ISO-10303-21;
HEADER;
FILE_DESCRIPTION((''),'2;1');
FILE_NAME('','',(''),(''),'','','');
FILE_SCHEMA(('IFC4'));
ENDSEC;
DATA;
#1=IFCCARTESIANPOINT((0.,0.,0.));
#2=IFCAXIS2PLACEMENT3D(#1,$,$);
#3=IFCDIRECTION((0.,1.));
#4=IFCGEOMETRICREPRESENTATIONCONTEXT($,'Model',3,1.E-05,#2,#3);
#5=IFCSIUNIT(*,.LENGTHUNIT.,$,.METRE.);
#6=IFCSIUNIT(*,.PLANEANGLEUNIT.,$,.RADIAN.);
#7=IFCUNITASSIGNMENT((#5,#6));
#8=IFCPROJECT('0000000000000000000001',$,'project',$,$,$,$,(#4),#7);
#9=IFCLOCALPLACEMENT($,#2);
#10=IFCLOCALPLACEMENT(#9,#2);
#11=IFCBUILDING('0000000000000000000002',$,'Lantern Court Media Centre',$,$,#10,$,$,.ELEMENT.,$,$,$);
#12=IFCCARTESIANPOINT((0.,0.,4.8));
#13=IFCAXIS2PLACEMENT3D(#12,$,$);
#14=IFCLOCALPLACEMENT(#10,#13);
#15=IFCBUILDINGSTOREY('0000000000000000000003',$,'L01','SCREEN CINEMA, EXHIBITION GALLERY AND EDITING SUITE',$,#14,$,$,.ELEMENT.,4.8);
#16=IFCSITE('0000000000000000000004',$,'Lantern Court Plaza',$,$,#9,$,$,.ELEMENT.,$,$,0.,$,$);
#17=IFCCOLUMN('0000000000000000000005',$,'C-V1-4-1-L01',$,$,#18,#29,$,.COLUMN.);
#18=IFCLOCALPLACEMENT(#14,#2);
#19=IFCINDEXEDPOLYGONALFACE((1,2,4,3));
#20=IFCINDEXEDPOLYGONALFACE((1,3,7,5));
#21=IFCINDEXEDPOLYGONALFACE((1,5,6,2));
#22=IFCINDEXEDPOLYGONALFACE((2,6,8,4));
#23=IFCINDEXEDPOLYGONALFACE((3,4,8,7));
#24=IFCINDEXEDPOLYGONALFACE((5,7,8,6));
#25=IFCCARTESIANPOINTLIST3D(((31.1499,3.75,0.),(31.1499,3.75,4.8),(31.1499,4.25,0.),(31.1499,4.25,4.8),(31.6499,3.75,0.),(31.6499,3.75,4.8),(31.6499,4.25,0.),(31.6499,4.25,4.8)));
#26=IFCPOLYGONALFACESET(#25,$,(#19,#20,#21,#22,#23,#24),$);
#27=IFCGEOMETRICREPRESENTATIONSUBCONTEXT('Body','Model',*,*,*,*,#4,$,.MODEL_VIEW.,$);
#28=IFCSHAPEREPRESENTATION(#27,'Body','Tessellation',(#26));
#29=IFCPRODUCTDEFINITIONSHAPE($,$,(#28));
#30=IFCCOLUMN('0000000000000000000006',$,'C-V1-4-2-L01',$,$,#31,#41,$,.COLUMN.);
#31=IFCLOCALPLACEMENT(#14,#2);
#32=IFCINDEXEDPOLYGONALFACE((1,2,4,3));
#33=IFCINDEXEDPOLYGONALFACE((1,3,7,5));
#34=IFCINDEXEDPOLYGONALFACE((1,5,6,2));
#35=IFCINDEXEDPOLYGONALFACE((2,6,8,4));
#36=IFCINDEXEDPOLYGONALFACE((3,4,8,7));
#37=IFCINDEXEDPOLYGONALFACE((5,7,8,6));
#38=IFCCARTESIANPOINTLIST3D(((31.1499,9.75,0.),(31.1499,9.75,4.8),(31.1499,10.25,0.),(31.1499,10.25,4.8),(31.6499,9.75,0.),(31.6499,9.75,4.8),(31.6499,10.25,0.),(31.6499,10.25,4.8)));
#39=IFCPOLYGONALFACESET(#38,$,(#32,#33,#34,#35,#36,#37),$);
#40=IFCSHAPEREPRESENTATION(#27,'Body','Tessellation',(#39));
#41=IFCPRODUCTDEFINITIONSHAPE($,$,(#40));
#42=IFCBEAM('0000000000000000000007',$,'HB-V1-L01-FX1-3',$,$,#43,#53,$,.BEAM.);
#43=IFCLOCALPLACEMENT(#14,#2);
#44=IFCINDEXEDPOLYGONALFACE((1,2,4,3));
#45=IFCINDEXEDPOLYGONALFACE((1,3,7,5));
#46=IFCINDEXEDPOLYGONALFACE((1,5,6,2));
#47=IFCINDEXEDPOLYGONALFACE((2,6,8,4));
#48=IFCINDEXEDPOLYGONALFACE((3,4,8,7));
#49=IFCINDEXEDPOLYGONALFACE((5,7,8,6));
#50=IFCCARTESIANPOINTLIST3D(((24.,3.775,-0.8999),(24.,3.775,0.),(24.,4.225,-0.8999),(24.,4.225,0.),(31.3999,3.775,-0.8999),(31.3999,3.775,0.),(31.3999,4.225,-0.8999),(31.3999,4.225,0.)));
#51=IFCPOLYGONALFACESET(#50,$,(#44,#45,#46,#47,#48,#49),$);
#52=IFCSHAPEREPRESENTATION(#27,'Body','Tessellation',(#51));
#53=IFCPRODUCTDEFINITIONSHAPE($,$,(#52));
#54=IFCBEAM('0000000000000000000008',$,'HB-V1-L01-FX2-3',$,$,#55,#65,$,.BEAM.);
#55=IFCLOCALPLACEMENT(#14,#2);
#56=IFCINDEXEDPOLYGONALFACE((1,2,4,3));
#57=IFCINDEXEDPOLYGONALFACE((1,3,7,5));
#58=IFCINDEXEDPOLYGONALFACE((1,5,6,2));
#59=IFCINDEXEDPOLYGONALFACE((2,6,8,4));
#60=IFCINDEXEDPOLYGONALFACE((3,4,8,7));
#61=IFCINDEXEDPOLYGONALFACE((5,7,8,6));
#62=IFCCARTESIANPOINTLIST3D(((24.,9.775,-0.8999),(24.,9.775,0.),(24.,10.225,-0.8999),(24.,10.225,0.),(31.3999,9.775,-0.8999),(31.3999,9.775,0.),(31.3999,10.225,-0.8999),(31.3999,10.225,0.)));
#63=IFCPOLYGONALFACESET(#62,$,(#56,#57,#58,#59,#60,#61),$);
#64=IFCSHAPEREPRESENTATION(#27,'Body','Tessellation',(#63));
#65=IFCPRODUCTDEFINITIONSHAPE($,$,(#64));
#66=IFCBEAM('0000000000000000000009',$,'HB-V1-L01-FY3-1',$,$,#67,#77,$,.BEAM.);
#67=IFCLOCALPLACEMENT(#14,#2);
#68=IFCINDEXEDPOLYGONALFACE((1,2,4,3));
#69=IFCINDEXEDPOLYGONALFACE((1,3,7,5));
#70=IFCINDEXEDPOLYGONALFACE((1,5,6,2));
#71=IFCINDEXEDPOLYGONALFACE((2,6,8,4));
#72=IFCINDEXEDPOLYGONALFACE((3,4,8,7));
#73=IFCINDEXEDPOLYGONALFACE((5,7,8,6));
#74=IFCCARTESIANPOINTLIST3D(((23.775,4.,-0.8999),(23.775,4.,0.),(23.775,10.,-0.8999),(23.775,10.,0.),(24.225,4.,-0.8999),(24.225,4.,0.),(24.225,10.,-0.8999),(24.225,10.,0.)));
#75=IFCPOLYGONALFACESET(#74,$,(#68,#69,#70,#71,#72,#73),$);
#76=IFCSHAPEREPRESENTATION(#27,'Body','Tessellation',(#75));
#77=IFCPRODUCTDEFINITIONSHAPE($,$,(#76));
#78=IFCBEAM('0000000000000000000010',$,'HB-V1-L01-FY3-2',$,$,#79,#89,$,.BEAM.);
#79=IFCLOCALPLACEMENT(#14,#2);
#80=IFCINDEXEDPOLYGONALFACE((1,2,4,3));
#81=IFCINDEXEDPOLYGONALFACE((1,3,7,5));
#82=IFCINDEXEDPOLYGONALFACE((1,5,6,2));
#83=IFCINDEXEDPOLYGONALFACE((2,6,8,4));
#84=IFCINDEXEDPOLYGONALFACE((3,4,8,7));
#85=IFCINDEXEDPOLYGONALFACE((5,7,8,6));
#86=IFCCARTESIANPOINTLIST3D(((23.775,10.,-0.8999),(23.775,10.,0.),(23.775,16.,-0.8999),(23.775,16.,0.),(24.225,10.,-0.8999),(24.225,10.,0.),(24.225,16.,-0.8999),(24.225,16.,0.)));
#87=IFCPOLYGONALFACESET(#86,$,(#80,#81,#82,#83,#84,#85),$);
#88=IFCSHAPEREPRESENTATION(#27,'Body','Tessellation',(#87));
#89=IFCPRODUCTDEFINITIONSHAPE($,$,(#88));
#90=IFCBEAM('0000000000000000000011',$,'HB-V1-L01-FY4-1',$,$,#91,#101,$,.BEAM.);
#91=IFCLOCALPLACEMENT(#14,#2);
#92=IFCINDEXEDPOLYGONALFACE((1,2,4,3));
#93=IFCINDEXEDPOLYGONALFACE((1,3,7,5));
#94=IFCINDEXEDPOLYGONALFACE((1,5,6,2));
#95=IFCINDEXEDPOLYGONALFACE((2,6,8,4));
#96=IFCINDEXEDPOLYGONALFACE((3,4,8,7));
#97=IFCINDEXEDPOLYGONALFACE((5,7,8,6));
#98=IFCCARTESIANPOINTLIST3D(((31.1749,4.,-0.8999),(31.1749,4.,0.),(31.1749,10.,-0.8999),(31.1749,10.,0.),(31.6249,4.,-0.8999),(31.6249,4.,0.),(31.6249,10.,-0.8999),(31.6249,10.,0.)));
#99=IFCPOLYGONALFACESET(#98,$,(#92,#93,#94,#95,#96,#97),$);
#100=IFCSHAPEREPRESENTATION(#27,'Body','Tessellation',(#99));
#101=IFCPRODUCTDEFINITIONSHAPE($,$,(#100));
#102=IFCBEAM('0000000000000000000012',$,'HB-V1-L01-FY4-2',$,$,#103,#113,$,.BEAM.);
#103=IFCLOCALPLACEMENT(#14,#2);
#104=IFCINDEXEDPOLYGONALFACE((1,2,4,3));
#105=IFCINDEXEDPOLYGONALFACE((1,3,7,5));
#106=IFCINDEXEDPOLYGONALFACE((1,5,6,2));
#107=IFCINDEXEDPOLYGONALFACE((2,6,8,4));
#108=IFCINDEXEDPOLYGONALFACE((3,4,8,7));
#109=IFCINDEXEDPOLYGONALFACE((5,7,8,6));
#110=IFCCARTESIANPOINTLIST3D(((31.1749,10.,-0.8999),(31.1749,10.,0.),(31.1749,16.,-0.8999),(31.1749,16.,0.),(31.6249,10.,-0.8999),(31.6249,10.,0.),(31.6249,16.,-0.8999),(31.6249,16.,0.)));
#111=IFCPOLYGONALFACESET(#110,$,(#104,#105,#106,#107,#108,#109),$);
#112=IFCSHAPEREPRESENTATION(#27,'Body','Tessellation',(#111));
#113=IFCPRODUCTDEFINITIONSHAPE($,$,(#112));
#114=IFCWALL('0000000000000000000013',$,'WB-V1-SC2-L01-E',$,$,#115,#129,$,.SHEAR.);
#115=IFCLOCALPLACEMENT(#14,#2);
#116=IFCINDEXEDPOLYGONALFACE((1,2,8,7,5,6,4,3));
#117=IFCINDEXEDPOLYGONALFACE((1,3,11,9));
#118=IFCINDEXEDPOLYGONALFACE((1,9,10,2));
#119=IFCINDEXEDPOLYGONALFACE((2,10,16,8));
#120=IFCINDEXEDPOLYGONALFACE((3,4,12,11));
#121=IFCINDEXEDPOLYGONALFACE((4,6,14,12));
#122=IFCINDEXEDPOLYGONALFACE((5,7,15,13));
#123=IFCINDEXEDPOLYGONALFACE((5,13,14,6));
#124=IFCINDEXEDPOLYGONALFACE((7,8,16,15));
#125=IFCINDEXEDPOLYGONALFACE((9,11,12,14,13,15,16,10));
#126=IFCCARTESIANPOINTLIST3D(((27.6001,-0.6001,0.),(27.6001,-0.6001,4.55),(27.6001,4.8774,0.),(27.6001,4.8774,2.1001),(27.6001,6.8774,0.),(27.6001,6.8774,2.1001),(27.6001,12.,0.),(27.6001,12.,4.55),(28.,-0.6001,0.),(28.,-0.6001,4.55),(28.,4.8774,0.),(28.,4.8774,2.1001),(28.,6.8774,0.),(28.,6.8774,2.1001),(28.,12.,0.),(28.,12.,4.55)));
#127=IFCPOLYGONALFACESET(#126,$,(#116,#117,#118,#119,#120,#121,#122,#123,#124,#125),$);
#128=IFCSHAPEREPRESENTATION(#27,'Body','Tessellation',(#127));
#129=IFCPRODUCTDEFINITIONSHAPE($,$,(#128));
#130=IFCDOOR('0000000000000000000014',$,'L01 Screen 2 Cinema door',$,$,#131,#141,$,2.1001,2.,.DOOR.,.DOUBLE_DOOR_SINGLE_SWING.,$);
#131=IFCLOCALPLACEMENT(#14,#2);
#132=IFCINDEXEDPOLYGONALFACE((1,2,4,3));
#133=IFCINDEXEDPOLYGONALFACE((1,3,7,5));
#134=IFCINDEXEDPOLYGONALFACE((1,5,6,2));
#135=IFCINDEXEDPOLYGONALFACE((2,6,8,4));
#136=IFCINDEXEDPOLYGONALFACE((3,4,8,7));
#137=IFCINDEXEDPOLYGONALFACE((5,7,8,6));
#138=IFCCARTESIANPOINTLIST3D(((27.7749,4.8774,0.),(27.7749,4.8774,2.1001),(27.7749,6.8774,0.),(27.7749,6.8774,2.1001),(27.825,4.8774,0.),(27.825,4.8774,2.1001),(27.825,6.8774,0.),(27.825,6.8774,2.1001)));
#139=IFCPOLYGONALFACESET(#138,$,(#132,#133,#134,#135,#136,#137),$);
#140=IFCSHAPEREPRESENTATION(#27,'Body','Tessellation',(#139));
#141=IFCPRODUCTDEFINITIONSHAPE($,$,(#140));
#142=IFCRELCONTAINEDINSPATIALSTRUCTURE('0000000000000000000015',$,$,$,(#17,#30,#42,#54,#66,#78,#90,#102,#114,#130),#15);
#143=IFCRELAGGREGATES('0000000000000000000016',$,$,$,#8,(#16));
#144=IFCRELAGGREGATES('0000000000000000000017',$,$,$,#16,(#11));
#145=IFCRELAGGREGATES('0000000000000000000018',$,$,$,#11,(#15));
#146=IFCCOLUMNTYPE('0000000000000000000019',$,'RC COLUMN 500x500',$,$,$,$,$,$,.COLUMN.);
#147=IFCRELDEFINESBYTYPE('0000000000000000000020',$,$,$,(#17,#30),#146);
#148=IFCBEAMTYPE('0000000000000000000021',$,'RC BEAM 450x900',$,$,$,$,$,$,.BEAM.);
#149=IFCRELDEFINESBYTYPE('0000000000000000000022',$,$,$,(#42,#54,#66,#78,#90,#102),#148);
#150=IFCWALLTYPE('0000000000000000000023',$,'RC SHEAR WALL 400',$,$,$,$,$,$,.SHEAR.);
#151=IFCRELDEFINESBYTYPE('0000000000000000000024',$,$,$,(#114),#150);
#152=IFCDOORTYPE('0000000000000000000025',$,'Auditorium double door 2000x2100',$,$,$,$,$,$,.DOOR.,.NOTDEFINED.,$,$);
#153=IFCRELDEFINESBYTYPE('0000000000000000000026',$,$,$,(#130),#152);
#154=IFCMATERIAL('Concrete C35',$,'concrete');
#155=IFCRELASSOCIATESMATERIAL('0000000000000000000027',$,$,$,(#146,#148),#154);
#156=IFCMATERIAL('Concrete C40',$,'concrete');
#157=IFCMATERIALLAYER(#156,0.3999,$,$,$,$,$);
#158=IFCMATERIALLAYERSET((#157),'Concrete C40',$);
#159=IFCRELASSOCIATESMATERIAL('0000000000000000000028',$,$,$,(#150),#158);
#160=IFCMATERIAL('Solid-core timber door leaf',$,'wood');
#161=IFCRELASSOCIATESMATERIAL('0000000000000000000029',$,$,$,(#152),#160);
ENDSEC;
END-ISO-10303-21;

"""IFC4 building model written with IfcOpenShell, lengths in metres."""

from ifc_helpers import new_model, si_unit, direction, frame, frame_2d, origin, origin_2d, place, context, subcontext, project, spatial, rectangle, extrude, material, layer, layer_set, material_profile, profile_set, type_object, element, fill, save


model = new_model("IFC4")

# Units and contexts
model_context = context("Model", 3, precision=1e-05, world=origin(), true_north=direction((0.0, 1.0)))
body_context = subcontext(model_context, "Body", "Model", "MODEL_VIEW")
ifc_project = project(units=[si_unit("LENGTHUNIT", "METRE"), si_unit("PLANEANGLEUNIT", "RADIAN")], contexts=[model_context])

# Site, building, storey
site_placement = place(None, origin())
site = spatial("IfcSite", under=ifc_project, at=site_placement, Name="Lantern Court Plaza", CompositionType="ELEMENT", RefElevation=0.0)
building_placement = place(site_placement, origin())
building = spatial("IfcBuilding", under=site, at=building_placement, Name="Lantern Court Media Centre", CompositionType="ELEMENT")
storey_placement = place(building_placement, frame((0.0, 0.0, 4.8)))
storey = spatial("IfcBuildingStorey", under=building, at=storey_placement, Name="L01", Description="SCREEN CINEMA, EXHIBITION GALLERY AND EDITING SUITE", CompositionType="ELEMENT", Elevation=4.8)

# Columns
ifc_material_1 = material(Name="Concrete C35", Category="concrete")
ifc_material_profile_1 = material_profile(ifc_material_1, rectangle(XDim=0.5, YDim=0.5, at=origin_2d()), Name="RC 500x500")
ifc_profile_set_1 = profile_set([ifc_material_profile_1], Name="Concrete C35")
column_type = type_object("IfcColumnType", Name="RC COLUMN 500x500", PredefinedType="COLUMN", material=ifc_profile_set_1)
for number, where, z_axis, x_axis, name in (
    (1, (31.3999, 4.0, 0.0), (0.0, 0.0, 1.0), (1.0, 0.0, 0.0), "C-V1-4-1-L01"),
    (2, (31.3999, 10.0, 0.0), (0.0, 0.0, 1.0), (1.0, 0.0, 0.0), "C-V1-4-2-L01"),
):
    element("IfcColumn", number, at=place(storey_placement, frame(where, z_axis=z_axis, x_axis=x_axis)), inside=storey, type_object=column_type, Name=name, PredefinedType="COLUMN", context=body_context, shape_type="SweptSolid", body=[
        extrude(rectangle(XDim=0.5, YDim=0.5, at=origin_2d()), origin(), (0.0, 0.0, 1.0), 4.8),
    ])

# Beams
ifc_material_profile_2 = material_profile(ifc_material_1, rectangle(XDim=0.45, YDim=0.8999, at=origin_2d()), Name="RC 450x900")
ifc_profile_set_2 = profile_set([ifc_material_profile_2], Name="Concrete C35")
beam_type = type_object("IfcBeamType", Name="RC BEAM 450x900", PredefinedType="BEAM", material=ifc_profile_set_2)
for number, where, z_axis, x_axis, name in (
    (3, (24.0, 4.0, -0.45), (1.0, 0.0, 0.0), (0.0, 1.0, 0.0), "HB-V1-L01-FX1-3"),
    (4, (24.0, 10.0, -0.45), (1.0, 0.0, 0.0), (0.0, 1.0, 0.0), "HB-V1-L01-FX2-3"),
):
    element("IfcBeam", number, at=place(storey_placement, frame(where, z_axis=z_axis, x_axis=x_axis)), inside=storey, type_object=beam_type, Name=name, PredefinedType="BEAM", context=body_context, shape_type="SweptSolid", body=[
        extrude(rectangle(XDim=0.45, YDim=0.8999, at=origin_2d()), origin(), (0.0, 0.0, 1.0), 7.3999),
    ])
for number, where, z_axis, x_axis, name in (
    (5, (24.0, 4.0, -0.45), (0.0, 1.0, 0.0), (-1.0, 0.0, 0.0), "HB-V1-L01-FY3-1"),
    (6, (24.0, 10.0, -0.45), (0.0, 1.0, 0.0), (-1.0, 0.0, 0.0), "HB-V1-L01-FY3-2"),
    (7, (31.3999, 4.0, -0.45), (0.0, 1.0, 0.0), (-1.0, 0.0, 0.0), "HB-V1-L01-FY4-1"),
    (8, (31.3999, 10.0, -0.45), (0.0, 1.0, 0.0), (-1.0, 0.0, 0.0), "HB-V1-L01-FY4-2"),
):
    element("IfcBeam", number, at=place(storey_placement, frame(where, z_axis=z_axis, x_axis=x_axis)), inside=storey, type_object=beam_type, Name=name, PredefinedType="BEAM", context=body_context, shape_type="SweptSolid", body=[
        extrude(rectangle(XDim=0.45, YDim=0.8999, at=origin_2d()), origin(), (0.0, 0.0, 1.0), 6.0),
    ])

# Wall, opening, door
ifc_material_2 = material(Name="Concrete C40", Category="concrete")
ifc_layer = layer(ifc_material_2, 0.3999)
ifc_layer_set = layer_set([ifc_layer], Name="Concrete C40")
wall_type = type_object("IfcWallType", Name="RC SHEAR WALL 400", PredefinedType="SHEAR", material=ifc_layer_set)
wall_placement = place(storey_placement, frame((27.8, -0.6001, 0.0), z_axis=(0.0, 0.0, 1.0), x_axis=(0.0, 1.0, 0.0)))
wall = element("IfcWall", 9, at=wall_placement, inside=storey, type_object=wall_type, Name="WB-V1-SC2-L01-E", PredefinedType="SHEAR", context=body_context, shape_type="SweptSolid", body=[
    extrude(rectangle(XDim=12.6001, YDim=0.3999, at=frame_2d((6.3, 0.0))), origin(), (0.0, 0.0, 1.0), 4.55),
])
opening_placement = place(wall_placement, frame((5.4775, 0.0, 0.0)))
opening = element("IfcOpeningElement", 10, at=opening_placement, cuts=wall, PredefinedType="OPENING", context=body_context, shape_type="SweptSolid", body=[
    extrude(rectangle(XDim=2.0, YDim=2.1001, at=frame_2d((1.0, 1.05))), frame((0.0, 0.21, 0.0), z_axis=(0.0, -1.0, 0.0), x_axis=(1.0, 0.0, 0.0)), (0.0, 0.0, 1.0), 0.4199),
])
ifc_material_3 = material(Name="Solid-core timber door leaf", Category="wood")
door_type = type_object("IfcDoorType", Name="Auditorium double door 2000x2100", OperationType="NOTDEFINED", PredefinedType="DOOR", material=ifc_material_3)
door_placement = place(opening_placement, frame((2.0, 0.0, 0.0), z_axis=(0.0, 0.0, 1.0), x_axis=(-1.0, 0.0, 0.0)))
door = element("IfcDoor", 11, at=door_placement, inside=storey, type_object=door_type, Name="L01 Screen 2 Cinema door", OperationType="DOUBLE_DOOR_SINGLE_SWING", OverallHeight=2.1001, OverallWidth=2.0, PredefinedType="DOOR", context=body_context, shape_type="SweptSolid", body=[
    extrude(rectangle(XDim=2.0, YDim=2.1001, at=frame_2d((1.0, 1.05))), frame((0.0, 0.0249, 0.0), z_axis=(0.0, -1.0, 0.0), x_axis=(1.0, 0.0, 0.0)), (0.0, 0.0, 1.0), 0.05),
])
fill(opening, door)

save(model, "model.ifc")
